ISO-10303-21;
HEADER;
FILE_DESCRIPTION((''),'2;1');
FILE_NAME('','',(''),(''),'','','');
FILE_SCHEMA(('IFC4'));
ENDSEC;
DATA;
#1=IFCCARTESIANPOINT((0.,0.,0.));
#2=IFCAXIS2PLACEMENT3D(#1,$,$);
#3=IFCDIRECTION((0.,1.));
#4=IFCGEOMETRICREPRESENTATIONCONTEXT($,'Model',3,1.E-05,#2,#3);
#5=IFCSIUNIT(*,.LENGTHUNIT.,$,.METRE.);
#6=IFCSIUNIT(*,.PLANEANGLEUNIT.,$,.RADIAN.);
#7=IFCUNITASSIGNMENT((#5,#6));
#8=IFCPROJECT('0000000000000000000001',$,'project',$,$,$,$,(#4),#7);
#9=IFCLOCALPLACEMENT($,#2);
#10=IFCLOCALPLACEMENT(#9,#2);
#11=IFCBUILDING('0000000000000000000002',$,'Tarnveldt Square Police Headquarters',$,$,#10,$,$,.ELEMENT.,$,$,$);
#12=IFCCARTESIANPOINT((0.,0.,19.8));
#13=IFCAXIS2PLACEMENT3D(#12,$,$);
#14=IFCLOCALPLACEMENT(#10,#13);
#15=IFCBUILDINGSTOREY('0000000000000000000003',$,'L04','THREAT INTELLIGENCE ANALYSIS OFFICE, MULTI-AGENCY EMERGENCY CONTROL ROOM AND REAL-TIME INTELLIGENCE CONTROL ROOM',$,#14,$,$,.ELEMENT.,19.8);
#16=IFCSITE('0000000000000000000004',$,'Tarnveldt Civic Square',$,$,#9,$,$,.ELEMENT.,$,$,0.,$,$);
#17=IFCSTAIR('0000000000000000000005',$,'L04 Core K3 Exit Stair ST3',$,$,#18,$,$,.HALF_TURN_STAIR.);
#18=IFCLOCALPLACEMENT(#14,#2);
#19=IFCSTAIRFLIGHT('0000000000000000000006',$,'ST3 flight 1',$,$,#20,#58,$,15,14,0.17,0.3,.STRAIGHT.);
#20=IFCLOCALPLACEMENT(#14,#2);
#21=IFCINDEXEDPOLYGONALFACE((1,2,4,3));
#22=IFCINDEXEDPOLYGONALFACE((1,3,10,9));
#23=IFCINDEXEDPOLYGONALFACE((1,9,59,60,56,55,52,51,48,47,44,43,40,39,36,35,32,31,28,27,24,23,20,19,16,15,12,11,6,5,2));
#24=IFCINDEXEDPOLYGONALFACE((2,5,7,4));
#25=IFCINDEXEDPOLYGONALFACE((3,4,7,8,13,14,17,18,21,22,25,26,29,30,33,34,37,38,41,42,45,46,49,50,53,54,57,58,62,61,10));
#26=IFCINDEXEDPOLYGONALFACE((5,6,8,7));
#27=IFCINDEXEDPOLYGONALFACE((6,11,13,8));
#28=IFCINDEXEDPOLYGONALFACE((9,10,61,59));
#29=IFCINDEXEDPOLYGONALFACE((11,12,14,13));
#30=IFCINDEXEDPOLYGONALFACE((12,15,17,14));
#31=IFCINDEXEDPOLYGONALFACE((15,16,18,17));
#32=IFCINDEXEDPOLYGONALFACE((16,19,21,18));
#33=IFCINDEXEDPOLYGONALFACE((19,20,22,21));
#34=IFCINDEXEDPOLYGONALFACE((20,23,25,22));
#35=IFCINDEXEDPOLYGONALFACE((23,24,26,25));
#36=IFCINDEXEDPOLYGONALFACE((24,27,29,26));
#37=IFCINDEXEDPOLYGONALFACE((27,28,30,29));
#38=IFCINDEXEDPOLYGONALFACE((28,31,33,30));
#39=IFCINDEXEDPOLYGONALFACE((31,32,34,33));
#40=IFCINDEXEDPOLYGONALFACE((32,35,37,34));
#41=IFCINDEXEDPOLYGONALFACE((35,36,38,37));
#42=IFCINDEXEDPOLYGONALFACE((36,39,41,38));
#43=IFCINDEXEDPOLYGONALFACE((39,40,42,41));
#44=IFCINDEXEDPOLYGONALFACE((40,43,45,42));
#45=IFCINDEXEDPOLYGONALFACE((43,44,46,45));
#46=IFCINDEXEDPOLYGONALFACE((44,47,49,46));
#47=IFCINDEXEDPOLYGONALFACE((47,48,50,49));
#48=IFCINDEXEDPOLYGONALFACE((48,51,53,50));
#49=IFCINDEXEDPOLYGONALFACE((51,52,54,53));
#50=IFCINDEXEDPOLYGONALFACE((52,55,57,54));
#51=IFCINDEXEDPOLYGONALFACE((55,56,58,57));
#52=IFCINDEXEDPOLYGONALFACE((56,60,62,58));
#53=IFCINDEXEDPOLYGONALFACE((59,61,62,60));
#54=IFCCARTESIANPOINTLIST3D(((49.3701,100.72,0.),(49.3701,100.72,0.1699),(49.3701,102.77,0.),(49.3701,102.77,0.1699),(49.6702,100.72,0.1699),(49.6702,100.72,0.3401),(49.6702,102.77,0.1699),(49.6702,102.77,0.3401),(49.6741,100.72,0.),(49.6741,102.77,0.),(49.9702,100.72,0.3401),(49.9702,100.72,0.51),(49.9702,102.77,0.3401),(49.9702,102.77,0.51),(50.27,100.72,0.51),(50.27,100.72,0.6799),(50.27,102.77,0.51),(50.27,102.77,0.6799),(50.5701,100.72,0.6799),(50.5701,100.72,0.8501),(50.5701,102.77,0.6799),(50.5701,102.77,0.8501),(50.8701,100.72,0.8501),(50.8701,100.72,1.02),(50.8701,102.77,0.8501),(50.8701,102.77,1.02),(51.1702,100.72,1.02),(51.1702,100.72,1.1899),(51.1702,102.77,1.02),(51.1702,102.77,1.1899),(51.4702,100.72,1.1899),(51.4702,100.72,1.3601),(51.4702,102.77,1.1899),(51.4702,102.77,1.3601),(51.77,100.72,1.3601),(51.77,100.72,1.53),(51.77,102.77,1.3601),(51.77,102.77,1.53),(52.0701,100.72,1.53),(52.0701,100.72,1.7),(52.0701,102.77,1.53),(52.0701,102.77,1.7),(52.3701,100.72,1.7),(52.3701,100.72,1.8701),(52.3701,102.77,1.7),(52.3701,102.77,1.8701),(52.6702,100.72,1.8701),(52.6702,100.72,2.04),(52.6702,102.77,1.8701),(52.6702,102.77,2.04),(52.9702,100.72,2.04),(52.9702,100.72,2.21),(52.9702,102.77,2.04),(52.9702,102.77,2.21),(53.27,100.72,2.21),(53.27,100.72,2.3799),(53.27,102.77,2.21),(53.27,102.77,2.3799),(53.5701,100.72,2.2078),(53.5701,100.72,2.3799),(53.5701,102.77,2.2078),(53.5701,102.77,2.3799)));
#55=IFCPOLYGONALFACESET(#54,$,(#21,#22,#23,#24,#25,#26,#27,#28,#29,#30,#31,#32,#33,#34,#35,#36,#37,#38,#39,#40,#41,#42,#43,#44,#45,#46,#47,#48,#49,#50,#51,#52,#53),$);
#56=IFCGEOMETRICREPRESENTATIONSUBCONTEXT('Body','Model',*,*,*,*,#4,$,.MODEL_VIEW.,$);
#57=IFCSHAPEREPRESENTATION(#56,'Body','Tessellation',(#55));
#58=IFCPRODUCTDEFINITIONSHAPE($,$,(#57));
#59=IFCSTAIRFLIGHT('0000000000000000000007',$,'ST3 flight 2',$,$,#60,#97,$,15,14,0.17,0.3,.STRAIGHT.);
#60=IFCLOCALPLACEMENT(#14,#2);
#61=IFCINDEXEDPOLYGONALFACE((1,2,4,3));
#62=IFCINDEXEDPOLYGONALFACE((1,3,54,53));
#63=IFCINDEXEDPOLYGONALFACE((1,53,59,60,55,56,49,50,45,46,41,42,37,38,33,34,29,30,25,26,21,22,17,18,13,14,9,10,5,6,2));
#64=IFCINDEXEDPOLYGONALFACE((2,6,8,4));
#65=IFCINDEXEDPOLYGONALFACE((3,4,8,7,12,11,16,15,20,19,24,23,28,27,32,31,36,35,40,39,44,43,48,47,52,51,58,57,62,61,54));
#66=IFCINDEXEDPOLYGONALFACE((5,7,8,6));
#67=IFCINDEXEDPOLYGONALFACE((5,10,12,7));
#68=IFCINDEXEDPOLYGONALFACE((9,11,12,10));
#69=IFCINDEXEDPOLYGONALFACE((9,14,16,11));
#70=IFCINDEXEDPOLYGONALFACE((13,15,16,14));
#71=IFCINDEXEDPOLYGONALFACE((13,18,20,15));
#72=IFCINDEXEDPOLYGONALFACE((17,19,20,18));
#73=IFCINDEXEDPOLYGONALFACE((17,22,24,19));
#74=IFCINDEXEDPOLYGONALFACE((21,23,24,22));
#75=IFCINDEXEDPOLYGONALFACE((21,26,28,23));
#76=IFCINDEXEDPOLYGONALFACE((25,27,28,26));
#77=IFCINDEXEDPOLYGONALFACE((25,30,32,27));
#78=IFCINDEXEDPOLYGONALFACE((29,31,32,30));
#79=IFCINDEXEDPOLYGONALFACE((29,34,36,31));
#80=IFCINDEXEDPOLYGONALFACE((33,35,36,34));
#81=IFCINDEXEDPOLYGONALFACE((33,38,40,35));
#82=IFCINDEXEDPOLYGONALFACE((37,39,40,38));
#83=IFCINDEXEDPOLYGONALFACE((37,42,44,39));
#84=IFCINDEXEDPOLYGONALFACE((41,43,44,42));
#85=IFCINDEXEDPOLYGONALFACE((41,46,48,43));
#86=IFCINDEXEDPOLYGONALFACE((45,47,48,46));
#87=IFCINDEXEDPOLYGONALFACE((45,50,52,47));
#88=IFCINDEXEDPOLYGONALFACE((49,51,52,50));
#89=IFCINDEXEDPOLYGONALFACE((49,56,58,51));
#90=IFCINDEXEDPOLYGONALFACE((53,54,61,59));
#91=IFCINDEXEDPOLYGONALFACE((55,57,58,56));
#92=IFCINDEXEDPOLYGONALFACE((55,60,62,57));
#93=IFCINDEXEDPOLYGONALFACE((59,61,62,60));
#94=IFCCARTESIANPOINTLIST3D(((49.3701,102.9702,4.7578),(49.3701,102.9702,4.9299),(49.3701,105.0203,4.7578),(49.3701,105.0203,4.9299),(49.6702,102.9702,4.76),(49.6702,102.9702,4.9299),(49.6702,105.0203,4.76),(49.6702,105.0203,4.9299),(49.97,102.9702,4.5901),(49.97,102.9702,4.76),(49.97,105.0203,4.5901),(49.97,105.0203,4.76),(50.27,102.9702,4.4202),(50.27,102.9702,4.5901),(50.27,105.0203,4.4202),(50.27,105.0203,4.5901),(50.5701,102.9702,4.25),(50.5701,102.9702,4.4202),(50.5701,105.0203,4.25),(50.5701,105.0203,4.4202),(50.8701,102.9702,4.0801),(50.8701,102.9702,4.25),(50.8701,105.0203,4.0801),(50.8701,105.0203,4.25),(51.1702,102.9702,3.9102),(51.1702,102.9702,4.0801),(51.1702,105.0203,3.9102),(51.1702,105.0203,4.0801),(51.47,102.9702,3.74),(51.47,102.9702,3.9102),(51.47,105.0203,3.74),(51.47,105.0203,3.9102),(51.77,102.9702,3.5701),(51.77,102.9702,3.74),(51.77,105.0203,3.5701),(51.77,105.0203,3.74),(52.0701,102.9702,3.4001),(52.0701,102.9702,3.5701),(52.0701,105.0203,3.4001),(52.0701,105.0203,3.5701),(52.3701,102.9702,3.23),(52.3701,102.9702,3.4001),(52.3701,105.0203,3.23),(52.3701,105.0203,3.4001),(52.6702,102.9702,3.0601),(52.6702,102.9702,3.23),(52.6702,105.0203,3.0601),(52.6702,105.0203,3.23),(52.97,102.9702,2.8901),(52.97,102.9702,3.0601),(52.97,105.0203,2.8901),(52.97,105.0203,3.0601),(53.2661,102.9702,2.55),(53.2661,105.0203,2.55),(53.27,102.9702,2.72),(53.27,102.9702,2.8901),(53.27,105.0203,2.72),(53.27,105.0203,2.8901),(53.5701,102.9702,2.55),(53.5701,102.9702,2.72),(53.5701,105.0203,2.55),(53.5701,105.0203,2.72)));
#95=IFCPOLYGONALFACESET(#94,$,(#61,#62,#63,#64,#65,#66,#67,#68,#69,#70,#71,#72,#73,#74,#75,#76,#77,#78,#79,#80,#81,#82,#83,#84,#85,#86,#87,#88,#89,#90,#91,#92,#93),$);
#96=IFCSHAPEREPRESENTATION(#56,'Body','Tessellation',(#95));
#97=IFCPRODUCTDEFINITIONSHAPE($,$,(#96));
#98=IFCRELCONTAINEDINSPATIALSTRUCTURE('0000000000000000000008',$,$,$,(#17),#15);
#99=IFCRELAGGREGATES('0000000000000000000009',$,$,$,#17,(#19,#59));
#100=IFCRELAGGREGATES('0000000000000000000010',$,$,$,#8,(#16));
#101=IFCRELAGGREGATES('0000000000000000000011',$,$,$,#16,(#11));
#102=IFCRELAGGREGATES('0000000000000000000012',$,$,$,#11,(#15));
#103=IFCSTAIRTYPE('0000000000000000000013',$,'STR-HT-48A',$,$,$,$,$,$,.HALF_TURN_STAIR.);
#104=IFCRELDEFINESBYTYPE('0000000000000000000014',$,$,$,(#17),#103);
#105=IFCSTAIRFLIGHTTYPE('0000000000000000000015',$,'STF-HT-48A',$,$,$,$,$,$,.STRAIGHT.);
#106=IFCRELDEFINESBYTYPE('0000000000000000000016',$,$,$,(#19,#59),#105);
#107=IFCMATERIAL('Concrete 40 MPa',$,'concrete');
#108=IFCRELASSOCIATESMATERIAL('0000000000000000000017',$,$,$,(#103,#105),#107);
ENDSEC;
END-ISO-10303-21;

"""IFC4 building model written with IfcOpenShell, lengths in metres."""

from ifc_helpers import new_model, si_unit, direction, frame, origin, place, context, subcontext, project, spatial, polyline, outline, extrude, material, type_object, element, aggregate, save


model = new_model("IFC4")

# Units and contexts
model_context = context("Model", 3, precision=1e-05, world=origin(), true_north=direction((0.0, 1.0)))
body_context = subcontext(model_context, "Body", "Model", "MODEL_VIEW")
ifc_project = project(units=[si_unit("LENGTHUNIT", "METRE"), si_unit("PLANEANGLEUNIT", "RADIAN")], contexts=[model_context])

# Site, building, storey
site_placement = place(None, origin())
site = spatial("IfcSite", under=ifc_project, at=site_placement, Name="Tarnveldt Civic Square", CompositionType="ELEMENT", RefElevation=0.0)
building_placement = place(site_placement, origin())
building = spatial("IfcBuilding", under=site, at=building_placement, Name="Tarnveldt Square Police Headquarters", CompositionType="ELEMENT")
storey_placement = place(building_placement, frame((0.0, 0.0, 19.8)))
storey = spatial("IfcBuildingStorey", under=building, at=storey_placement, Name="L04", Description="THREAT INTELLIGENCE ANALYSIS OFFICE, MULTI-AGENCY EMERGENCY CONTROL ROOM AND REAL-TIME INTELLIGENCE CONTROL ROOM", CompositionType="ELEMENT", Elevation=19.8)

# Shared definitions
ifc_material_1 = material(Name="Concrete 40 MPa", Category="concrete")

# Stair, stair flights
stair_type = type_object("IfcStairType", Name="STR-HT-48A", PredefinedType="HALF_TURN_STAIR", material=ifc_material_1)
stair_placement = place(storey_placement, origin())
stair = element("IfcStair", 1, at=stair_placement, inside=storey, type_object=stair_type, Name="L04 Core K3 Exit Stair ST3", PredefinedType="HALF_TURN_STAIR")
stair_flight_type = type_object("IfcStairFlightType", Name="STF-HT-48A", PredefinedType="STRAIGHT", material=ifc_material_1)
stair_flight_1_placement = place(storey_placement, frame((49.3701, 101.7451, 0.0), z_axis=(0.0, 0.0, 1.0), x_axis=(1.0, 0.0, 0.0)))
stair_flight_1 = element("IfcStairFlight", 2, at=stair_flight_1_placement, type_object=stair_flight_type, Name="ST3 flight 1", NumberOfRisers=15, NumberOfTreads=14, PredefinedType="STRAIGHT", RiserHeight=0.17, TreadLength=0.3, context=body_context, shape_type="SweptSolid", body=[
    extrude(outline(polyline([(0.0, 0.0), (0.0, 0.1699), (0.3, 0.1699), (0.3, 0.3401), (0.6001, 0.3401), (0.6001, 0.51), (0.8999, 0.51), (0.8999, 0.6799), (1.2, 0.6799), (1.2, 0.8501), (1.5, 0.8501), (1.5, 1.02), (1.8, 1.02), (1.8, 1.1899), (2.1001, 1.1899), (2.1001, 1.3601), (2.3999, 1.3601), (2.3999, 1.53), (2.7, 1.53), (2.7, 1.7), (3.0, 1.7), (3.0, 1.8701), (3.3, 1.8701), (3.3, 2.04), (3.6001, 2.04), (3.6001, 2.21), (3.8999, 2.21), (3.8999, 2.3799), (4.2, 2.3799), (4.2, 2.55), (4.2, 2.2078), (0.304, 0.0), (0.0, 0.0)])), frame((0.0, 1.0249, 0.0), z_axis=(0.0, -1.0, 0.0), x_axis=(1.0, 0.0, 0.0)), (0.0, 0.0, 1.0), 2.05),
])
stair_flight_2_placement = place(storey_placement, frame((53.5701, 103.9951, 2.55), z_axis=(0.0, 0.0, 1.0), x_axis=(-1.0, 0.0, 0.0)))
stair_flight_2 = element("IfcStairFlight", 3, at=stair_flight_2_placement, type_object=stair_flight_type, Name="ST3 flight 2", NumberOfRisers=15, NumberOfTreads=14, PredefinedType="STRAIGHT", RiserHeight=0.17, TreadLength=0.3, context=body_context, shape_type="SweptSolid", body=[
    extrude(outline(polyline([(0.0, 0.0), (0.0, 0.1699), (0.3, 0.1699), (0.3, 0.3401), (0.6001, 0.3401), (0.6001, 0.51), (0.8999, 0.51), (0.8999, 0.6799), (1.2, 0.6799), (1.2, 0.8501), (1.5, 0.8501), (1.5, 1.02), (1.8, 1.02), (1.8, 1.1899), (2.1001, 1.1899), (2.1001, 1.3601), (2.3999, 1.3601), (2.3999, 1.53), (2.7, 1.53), (2.7, 1.7), (3.0, 1.7), (3.0, 1.8701), (3.3, 1.8701), (3.3, 2.04), (3.6001, 2.04), (3.6001, 2.21), (3.8999, 2.21), (3.8999, 2.3799), (4.2, 2.3799), (4.2, 2.55), (4.2, 2.2078), (0.304, 0.0), (0.0, 0.0)])), frame((0.0, 1.0249, 0.0), z_axis=(0.0, -1.0, 0.0), x_axis=(1.0, 0.0, 0.0)), (0.0, 0.0, 1.0), 2.05),
])
aggregate(stair, [stair_flight_1, stair_flight_2])

save(model, "model.ifc")
